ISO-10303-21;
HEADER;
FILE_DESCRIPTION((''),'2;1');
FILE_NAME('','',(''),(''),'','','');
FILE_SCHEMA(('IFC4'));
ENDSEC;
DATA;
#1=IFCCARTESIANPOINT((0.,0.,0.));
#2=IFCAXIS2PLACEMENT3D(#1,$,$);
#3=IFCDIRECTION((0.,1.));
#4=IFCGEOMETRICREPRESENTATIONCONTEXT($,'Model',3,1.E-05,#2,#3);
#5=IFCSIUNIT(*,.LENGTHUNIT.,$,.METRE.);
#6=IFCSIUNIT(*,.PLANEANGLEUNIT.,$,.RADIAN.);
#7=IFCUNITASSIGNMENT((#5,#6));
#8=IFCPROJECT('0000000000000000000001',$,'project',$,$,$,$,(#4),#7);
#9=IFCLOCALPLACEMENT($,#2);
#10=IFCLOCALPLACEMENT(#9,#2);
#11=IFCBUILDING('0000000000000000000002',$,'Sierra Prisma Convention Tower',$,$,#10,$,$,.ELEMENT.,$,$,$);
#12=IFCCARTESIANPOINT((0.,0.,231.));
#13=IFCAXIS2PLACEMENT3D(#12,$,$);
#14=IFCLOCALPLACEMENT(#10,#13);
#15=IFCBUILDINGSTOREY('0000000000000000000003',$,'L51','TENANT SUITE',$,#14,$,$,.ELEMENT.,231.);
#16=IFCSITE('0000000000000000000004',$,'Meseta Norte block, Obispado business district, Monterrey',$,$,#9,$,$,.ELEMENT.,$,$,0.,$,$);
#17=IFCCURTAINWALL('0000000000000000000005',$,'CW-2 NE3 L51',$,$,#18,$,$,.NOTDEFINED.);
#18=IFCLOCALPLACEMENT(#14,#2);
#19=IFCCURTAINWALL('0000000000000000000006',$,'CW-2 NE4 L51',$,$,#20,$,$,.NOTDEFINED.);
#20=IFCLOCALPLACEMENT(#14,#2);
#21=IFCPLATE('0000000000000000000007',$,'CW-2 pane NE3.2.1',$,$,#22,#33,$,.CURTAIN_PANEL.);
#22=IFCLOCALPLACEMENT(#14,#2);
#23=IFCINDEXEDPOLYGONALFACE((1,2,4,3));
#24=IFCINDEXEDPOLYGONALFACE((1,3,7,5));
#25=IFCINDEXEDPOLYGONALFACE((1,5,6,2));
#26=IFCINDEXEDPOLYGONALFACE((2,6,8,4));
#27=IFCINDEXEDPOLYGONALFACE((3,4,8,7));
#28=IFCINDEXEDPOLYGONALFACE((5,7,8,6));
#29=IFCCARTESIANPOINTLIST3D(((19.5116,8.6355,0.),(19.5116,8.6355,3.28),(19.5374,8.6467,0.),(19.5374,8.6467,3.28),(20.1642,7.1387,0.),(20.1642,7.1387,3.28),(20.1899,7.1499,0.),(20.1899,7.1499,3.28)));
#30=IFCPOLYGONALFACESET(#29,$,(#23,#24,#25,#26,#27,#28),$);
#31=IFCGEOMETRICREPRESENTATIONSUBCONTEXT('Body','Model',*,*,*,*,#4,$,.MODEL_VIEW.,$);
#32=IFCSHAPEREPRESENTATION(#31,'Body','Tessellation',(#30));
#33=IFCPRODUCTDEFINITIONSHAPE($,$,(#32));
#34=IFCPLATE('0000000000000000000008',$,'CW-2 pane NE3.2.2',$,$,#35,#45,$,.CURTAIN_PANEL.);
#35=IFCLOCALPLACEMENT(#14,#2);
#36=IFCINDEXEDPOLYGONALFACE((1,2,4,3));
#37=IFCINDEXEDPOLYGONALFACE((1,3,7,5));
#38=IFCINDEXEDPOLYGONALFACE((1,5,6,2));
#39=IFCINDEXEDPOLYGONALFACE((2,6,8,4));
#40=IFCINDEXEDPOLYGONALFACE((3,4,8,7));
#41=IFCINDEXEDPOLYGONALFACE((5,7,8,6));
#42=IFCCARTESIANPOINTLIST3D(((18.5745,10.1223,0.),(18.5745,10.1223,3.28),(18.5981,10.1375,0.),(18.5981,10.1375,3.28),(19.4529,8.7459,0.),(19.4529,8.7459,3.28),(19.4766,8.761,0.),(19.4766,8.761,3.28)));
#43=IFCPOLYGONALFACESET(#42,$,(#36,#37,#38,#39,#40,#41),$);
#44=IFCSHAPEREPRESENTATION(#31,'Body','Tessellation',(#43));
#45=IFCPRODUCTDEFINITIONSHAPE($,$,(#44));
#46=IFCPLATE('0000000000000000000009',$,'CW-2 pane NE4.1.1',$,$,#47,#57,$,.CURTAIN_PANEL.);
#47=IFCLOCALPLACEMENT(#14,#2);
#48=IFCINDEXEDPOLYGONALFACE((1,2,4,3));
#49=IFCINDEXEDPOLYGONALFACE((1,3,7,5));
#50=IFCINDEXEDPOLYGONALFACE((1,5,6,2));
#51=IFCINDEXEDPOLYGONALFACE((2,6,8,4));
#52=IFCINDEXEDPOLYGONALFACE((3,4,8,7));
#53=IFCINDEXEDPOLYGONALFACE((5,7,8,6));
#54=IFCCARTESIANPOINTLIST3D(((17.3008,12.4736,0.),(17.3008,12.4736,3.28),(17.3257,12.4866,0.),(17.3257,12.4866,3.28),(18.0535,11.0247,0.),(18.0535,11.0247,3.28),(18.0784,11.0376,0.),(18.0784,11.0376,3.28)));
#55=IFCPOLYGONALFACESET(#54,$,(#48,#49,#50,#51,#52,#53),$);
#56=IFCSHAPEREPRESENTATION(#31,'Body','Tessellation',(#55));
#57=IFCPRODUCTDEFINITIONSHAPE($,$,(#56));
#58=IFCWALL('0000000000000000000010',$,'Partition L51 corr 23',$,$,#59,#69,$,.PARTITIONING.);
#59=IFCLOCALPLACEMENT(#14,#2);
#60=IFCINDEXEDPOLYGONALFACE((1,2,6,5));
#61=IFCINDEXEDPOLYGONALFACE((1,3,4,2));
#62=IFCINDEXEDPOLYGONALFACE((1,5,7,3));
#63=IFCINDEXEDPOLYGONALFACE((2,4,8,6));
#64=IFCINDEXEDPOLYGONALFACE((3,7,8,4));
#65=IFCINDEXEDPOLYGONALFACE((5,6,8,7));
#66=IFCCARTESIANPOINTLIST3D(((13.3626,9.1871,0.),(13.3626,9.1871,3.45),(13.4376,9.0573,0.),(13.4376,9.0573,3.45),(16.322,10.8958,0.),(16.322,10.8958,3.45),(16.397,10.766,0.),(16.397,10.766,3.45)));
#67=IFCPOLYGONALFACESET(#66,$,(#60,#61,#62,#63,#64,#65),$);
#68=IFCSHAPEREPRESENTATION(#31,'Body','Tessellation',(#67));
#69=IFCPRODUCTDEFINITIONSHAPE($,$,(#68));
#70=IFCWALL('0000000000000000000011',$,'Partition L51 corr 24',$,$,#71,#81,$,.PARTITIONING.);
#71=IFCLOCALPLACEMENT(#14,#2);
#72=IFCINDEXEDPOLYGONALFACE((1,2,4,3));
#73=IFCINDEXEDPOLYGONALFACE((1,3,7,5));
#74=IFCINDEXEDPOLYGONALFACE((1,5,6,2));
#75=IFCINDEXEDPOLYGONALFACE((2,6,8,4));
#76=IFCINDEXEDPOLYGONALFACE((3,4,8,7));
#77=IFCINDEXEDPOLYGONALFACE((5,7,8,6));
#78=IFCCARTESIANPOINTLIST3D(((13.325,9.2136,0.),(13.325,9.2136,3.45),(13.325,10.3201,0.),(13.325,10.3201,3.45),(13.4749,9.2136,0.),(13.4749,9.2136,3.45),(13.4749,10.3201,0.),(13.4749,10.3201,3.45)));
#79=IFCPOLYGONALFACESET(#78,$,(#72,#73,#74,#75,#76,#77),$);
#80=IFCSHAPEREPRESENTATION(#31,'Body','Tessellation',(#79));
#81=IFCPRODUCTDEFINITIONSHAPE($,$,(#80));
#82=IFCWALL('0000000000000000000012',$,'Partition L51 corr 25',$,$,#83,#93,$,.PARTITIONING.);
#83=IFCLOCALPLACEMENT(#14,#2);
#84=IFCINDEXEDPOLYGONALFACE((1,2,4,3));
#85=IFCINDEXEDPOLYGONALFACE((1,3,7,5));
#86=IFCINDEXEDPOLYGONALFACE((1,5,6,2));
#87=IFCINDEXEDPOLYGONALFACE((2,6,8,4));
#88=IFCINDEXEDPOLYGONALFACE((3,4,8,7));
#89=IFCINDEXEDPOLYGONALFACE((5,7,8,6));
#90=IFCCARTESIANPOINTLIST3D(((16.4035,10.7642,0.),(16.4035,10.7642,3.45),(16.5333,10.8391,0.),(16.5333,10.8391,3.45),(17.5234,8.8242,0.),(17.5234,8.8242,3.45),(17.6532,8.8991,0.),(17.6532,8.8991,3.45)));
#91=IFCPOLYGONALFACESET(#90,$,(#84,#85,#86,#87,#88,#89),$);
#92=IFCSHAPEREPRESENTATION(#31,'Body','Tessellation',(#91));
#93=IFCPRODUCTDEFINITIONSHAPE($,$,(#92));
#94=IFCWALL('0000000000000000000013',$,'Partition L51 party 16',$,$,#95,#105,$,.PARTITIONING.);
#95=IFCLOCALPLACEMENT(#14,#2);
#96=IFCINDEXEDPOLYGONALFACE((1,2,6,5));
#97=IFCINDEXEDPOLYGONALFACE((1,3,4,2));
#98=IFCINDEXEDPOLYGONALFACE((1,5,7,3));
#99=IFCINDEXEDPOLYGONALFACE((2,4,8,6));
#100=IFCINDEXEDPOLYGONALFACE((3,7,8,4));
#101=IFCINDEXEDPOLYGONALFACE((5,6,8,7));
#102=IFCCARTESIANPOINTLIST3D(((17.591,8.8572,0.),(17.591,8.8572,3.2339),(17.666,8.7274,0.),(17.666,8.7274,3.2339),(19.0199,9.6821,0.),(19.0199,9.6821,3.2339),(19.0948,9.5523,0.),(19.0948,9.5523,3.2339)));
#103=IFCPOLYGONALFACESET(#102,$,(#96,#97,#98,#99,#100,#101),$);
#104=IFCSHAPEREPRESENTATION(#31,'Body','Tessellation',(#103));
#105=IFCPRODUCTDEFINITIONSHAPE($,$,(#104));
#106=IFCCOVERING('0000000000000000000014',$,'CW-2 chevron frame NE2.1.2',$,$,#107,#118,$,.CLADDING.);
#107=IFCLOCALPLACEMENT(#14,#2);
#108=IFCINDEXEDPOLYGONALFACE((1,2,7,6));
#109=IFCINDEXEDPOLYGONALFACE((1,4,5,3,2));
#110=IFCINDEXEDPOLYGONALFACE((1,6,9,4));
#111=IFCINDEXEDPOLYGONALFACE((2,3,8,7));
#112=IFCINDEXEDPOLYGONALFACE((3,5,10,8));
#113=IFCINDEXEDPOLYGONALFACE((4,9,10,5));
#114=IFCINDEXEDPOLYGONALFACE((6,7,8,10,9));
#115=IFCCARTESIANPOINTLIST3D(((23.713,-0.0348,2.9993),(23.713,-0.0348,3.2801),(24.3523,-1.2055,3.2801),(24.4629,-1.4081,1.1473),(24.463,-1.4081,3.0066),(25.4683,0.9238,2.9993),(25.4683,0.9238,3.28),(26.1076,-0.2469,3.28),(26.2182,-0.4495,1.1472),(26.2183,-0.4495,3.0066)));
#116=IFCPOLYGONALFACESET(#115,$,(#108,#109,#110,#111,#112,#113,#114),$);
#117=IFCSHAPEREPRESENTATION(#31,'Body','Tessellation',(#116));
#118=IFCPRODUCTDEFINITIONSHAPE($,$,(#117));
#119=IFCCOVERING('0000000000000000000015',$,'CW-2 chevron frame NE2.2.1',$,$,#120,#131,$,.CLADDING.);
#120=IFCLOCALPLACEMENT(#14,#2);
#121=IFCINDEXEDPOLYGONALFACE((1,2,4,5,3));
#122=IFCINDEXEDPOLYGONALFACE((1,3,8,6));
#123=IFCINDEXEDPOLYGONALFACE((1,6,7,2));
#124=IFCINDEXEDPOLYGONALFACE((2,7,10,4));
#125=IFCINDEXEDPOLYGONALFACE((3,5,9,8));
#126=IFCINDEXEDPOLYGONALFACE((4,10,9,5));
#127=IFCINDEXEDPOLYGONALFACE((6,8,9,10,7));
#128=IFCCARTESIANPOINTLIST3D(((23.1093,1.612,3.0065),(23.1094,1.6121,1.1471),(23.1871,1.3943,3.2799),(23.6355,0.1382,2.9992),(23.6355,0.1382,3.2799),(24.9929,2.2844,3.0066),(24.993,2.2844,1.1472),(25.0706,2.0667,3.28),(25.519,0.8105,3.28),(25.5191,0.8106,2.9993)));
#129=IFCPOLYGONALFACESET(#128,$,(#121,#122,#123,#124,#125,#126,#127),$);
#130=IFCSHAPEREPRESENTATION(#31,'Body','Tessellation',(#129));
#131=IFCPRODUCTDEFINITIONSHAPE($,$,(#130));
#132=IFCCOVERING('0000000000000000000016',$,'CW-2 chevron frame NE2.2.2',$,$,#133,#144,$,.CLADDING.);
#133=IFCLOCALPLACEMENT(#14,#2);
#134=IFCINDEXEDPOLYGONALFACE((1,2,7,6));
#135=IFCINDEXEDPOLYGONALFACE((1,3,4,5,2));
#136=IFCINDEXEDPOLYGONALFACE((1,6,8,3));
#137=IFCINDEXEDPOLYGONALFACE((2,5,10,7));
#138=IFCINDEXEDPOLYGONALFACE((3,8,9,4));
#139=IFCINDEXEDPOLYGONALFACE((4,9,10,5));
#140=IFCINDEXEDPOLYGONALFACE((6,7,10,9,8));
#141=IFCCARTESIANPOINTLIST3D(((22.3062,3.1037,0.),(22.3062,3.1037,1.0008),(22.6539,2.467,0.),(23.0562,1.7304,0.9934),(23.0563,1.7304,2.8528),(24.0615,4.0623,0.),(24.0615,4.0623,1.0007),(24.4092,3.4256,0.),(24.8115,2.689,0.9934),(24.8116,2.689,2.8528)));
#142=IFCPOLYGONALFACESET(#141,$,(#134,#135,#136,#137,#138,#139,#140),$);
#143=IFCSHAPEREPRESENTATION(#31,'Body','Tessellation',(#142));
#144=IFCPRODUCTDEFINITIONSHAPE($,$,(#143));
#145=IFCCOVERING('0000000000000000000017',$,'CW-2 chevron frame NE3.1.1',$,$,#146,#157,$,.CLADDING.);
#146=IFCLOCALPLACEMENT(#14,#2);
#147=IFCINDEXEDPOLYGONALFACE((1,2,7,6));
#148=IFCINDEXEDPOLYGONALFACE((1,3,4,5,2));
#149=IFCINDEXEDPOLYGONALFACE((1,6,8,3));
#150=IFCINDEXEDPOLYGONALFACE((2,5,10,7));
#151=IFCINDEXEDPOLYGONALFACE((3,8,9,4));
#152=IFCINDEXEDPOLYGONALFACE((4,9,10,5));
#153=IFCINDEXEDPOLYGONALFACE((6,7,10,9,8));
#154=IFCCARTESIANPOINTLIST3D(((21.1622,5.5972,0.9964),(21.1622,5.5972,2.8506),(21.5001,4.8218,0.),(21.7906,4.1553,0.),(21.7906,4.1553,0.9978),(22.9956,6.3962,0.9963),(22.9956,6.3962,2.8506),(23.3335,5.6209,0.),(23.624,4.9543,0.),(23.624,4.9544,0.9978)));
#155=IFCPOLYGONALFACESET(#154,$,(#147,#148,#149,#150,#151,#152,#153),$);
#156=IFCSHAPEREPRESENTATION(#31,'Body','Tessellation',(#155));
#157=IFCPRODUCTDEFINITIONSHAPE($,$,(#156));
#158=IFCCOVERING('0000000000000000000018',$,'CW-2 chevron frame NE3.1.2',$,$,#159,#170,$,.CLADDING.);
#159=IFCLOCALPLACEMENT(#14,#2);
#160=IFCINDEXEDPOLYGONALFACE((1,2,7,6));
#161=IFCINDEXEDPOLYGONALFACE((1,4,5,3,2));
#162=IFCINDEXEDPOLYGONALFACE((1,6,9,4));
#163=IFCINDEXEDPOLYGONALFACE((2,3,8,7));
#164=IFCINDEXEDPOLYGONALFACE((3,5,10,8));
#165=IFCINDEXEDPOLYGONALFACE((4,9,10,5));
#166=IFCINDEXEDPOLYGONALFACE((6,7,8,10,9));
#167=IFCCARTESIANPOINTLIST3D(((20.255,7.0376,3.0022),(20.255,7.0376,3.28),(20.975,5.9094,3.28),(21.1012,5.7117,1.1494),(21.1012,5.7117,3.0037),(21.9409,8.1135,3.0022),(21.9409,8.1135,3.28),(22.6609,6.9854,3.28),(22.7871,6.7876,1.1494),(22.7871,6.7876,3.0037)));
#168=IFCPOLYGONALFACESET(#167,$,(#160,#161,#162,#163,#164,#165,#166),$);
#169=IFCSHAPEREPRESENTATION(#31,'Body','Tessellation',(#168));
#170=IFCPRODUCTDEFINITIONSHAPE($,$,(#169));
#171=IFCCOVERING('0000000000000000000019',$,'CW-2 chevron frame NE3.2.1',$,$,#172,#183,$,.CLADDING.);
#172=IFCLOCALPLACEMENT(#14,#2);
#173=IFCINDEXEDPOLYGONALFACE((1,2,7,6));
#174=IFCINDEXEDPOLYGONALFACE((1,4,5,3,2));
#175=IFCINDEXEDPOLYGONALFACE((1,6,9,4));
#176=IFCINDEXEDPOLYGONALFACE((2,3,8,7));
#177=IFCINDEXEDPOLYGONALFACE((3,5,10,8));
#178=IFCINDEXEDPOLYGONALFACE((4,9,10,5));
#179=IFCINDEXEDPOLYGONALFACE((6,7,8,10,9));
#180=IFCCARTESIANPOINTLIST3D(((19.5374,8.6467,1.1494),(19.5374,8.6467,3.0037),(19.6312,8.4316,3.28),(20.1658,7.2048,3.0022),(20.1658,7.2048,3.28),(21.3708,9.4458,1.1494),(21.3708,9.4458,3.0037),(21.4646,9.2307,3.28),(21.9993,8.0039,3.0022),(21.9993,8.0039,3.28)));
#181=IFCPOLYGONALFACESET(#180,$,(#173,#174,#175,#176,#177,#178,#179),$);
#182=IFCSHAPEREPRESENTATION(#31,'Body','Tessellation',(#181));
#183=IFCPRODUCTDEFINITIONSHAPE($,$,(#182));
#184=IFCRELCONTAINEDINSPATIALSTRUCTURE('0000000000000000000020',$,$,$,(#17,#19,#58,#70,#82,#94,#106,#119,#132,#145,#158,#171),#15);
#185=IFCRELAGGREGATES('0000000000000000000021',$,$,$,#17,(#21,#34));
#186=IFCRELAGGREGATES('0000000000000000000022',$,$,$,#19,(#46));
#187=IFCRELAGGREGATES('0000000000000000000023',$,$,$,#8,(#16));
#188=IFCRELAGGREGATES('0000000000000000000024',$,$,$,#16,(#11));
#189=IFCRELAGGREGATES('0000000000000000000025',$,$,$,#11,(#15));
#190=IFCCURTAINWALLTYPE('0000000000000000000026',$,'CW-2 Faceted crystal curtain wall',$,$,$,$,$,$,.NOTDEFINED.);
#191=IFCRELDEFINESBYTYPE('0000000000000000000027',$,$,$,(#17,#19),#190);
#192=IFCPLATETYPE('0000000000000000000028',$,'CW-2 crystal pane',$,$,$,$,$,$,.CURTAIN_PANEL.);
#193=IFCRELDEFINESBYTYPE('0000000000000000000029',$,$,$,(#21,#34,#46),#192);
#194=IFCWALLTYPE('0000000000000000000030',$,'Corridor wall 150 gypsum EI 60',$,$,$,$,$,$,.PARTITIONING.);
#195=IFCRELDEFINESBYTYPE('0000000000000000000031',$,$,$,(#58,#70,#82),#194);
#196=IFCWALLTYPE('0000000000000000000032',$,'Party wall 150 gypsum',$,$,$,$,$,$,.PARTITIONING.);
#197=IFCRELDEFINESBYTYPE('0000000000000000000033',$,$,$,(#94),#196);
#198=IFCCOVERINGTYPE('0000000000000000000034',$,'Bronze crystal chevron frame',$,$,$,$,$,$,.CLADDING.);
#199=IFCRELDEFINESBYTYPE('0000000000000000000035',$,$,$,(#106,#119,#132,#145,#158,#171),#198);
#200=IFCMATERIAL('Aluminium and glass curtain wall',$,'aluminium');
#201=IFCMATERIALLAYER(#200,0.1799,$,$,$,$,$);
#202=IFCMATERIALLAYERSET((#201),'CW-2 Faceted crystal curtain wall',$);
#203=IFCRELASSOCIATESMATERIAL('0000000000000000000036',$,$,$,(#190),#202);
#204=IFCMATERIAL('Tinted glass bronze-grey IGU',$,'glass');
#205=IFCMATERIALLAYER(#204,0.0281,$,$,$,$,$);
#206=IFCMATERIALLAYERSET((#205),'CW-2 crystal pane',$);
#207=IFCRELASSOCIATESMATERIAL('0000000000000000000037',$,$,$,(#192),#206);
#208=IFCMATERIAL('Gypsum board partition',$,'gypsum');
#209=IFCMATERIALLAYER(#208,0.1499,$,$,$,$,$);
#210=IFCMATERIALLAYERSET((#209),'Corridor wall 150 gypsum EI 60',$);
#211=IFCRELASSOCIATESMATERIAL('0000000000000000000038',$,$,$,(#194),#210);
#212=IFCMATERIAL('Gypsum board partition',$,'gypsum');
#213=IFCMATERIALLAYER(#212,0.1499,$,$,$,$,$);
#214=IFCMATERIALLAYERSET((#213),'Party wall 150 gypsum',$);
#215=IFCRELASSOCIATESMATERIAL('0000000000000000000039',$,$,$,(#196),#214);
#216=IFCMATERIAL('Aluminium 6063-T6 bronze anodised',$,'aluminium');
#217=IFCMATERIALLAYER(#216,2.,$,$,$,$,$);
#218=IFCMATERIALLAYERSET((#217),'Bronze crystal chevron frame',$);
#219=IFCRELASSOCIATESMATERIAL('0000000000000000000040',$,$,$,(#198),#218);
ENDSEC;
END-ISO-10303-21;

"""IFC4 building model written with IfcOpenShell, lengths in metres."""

from ifc_helpers import new_model, si_unit, direction, frame, frame_2d, origin, place, context, subcontext, project, spatial, polyline, rectangle, outline, extrude, material, layer, layer_set, type_object, element, aggregate, save


model = new_model("IFC4")

# Units and contexts
model_context = context("Model", 3, precision=1e-05, world=origin(), true_north=direction((0.0, 1.0)))
body_context = subcontext(model_context, "Body", "Model", "MODEL_VIEW")
ifc_project = project(units=[si_unit("LENGTHUNIT", "METRE"), si_unit("PLANEANGLEUNIT", "RADIAN")], contexts=[model_context])

# Site, building, storey
site_placement = place(None, origin())
site = spatial("IfcSite", under=ifc_project, at=site_placement, Name="Meseta Norte block, Obispado business district, Monterrey", CompositionType="ELEMENT", RefElevation=0.0)
building_placement = place(site_placement, origin())
building = spatial("IfcBuilding", under=site, at=building_placement, Name="Sierra Prisma Convention Tower", CompositionType="ELEMENT")
storey_placement = place(building_placement, frame((0.0, 0.0, 231.0)))
storey = spatial("IfcBuildingStorey", under=building, at=storey_placement, Name="L51", Description="TENANT SUITE", CompositionType="ELEMENT", Elevation=231.0)

# Curtain wall
ifc_material_1 = material(Name="Aluminium and glass curtain wall", Category="aluminium")
ifc_layer_1 = layer(ifc_material_1, 0.1799)
ifc_layer_set_1 = layer_set([ifc_layer_1], Name="CW-2 Faceted crystal curtain wall")
curtain_wall_type = type_object("IfcCurtainWallType", Name="CW-2 Faceted crystal curtain wall", PredefinedType="NOTDEFINED", material=ifc_layer_set_1)
curtain_wall_1_placement = place(storey_placement, origin())
curtain_wall_1 = element("IfcCurtainWall", 1, at=curtain_wall_1_placement, inside=storey, type_object=curtain_wall_type, Name="CW-2 NE3 L51", PredefinedType="NOTDEFINED")

# Curtain wall
curtain_wall_2_placement = place(storey_placement, origin())
curtain_wall_2 = element("IfcCurtainWall", 2, at=curtain_wall_2_placement, inside=storey, type_object=curtain_wall_type, Name="CW-2 NE4 L51", PredefinedType="NOTDEFINED")

# Plates
ifc_material_2 = material(Name="Tinted glass bronze-grey IGU", Category="glass")
ifc_layer_2 = layer(ifc_material_2, 0.0281)
ifc_layer_set_2 = layer_set([ifc_layer_2], Name="CW-2 crystal pane")
plate_type = type_object("IfcPlateType", Name="CW-2 crystal pane", PredefinedType="CURTAIN_PANEL", material=ifc_layer_set_2)
plate_1_placement = place(storey_placement, frame((20.1899, 7.1499, 0.0), z_axis=(0.916668, 0.39965, 0.0), x_axis=(-0.39965, 0.916668, 0.0)))
plate_1 = element("IfcPlate", 3, at=plate_1_placement, type_object=plate_type, Name="CW-2 pane NE3.2.1", PredefinedType="CURTAIN_PANEL", context=body_context, shape_type="SweptSolid", body=[
    extrude(outline(polyline([(0.0, 0.0), (1.6329, 0.0), (1.6329, 3.28), (0.0, 3.28), (0.0, 0.0)])), origin(), (0.0, 0.0, -1.0), 0.0281),
])
plate_2_placement = place(storey_placement, frame((18.5981, 10.1375, 0.0), z_axis=(0.842971, 0.537959, 0.0), x_axis=(0.537959, -0.842971, 0.0)))
plate_2 = element("IfcPlate", 4, at=plate_2_placement, type_object=plate_type, Name="CW-2 pane NE3.2.2", PredefinedType="CURTAIN_PANEL", context=body_context, shape_type="SweptSolid", body=[
    extrude(outline(polyline([(0.0, 0.0), (1.6329, 0.0), (1.6329, -3.28), (0.0, -3.28), (0.0, 0.0)])), origin(), (0.0, 0.0, -1.0), 0.0281),
])
aggregate(curtain_wall_1, [plate_1, plate_2])
plate_3_placement = place(storey_placement, frame((18.0784, 11.0376, 0.0), z_axis=(0.887413, 0.460976, 0.0), x_axis=(-0.460976, 0.887413, 0.0)))
plate_3 = element("IfcPlate", 5, at=plate_3_placement, type_object=plate_type, Name="CW-2 pane NE4.1.1", PredefinedType="CURTAIN_PANEL", context=body_context, shape_type="SweptSolid", body=[
    extrude(outline(polyline([(0.0, 0.0), (1.6328, 0.0), (1.6328, 3.28), (0.0, 3.28), (0.0, 0.0)])), origin(), (0.0, 0.0, -1.0), 0.0281),
])
aggregate(curtain_wall_2, [plate_3])

# Walls
ifc_material_3 = material(Name="Gypsum board partition", Category="gypsum")
ifc_layer_3 = layer(ifc_material_3, 0.1499)
ifc_layer_set_3 = layer_set([ifc_layer_3], Name="Corridor wall 150 gypsum EI 60")
wall_type_1 = type_object("IfcWallType", Name="Corridor wall 150 gypsum EI 60", PredefinedType="PARTITIONING", material=ifc_layer_set_3)
wall_1_placement = place(storey_placement, frame((16.3594, 10.8308, 0.0), z_axis=(0.0, 0.0, 1.0), x_axis=(-0.866014, -0.500019, 0.0)))
element("IfcWall", 6, at=wall_1_placement, inside=storey, type_object=wall_type_1, Name="Partition L51 corr 23", PredefinedType="PARTITIONING", context=body_context, shape_type="SweptSolid", body=[
    extrude(rectangle(XDim=3.4172, YDim=0.1499, at=frame_2d((1.7085, 0.0))), origin(), (0.0, 0.0, 1.0), 3.45),
])
wall_2_placement = place(storey_placement, frame((13.3999, 9.2136, 0.0), z_axis=(0.0, 0.0, 1.0), x_axis=(0.0, 1.0, 0.0)))
element("IfcWall", 7, at=wall_2_placement, inside=storey, type_object=wall_type_1, Name="Partition L51 corr 24", PredefinedType="PARTITIONING", context=body_context, shape_type="SweptSolid", body=[
    extrude(rectangle(XDim=1.1064, YDim=0.1499, at=frame_2d((0.5532, 0.0))), origin(), (0.0, 0.0, 1.0), 3.45),
])
wall_3_placement = place(storey_placement, frame((17.5884, 8.8616, 0.0), z_axis=(0.0, 0.0, 1.0), x_axis=(-0.499949, 0.866055, 0.0)))
element("IfcWall", 8, at=wall_3_placement, inside=storey, type_object=wall_type_1, Name="Partition L51 corr 25", PredefinedType="PARTITIONING", context=body_context, shape_type="SweptSolid", body=[
    extrude(rectangle(XDim=2.24, YDim=0.1499, at=frame_2d((1.1201, 0.0))), origin(), (0.0, 0.0, 1.0), 3.45),
])
ifc_material_4 = material(Name="Gypsum board partition", Category="gypsum")
ifc_layer_4 = layer(ifc_material_4, 0.1499)
ifc_layer_set_4 = layer_set([ifc_layer_4], Name="Party wall 150 gypsum")
wall_type_2 = type_object("IfcWallType", Name="Party wall 150 gypsum", PredefinedType="PARTITIONING", material=ifc_layer_set_4)
wall_4_placement = place(storey_placement, frame((19.0574, 9.6172, 0.0), z_axis=(0.0, 0.0, 1.0), x_axis=(-0.86604, -0.499974, 0.0)))
element("IfcWall", 9, at=wall_4_placement, inside=storey, type_object=wall_type_2, Name="Partition L51 party 16", PredefinedType="PARTITIONING", context=body_context, shape_type="SweptSolid", body=[
    extrude(rectangle(XDim=1.6499, YDim=0.1499, at=frame_2d((0.825, 0.0))), origin(), (0.0, 0.0, 1.0), 3.2339),
])

# Coverings
ifc_material_5 = material(Name="Aluminium 6063-T6 bronze anodised", Category="aluminium")
ifc_layer_5 = layer(ifc_material_5, 2.0)
ifc_layer_set_5 = layer_set([ifc_layer_5], Name="Bronze crystal chevron frame")
covering_type = type_object("IfcCoveringType", Name="Bronze crystal chevron frame", PredefinedType="CLADDING", material=ifc_layer_set_5)
covering_1_placement = place(storey_placement, frame((26.2183, -0.4495, 3.0066), z_axis=(0.877643, 0.479315, -0.000026), x_axis=(-0.000023, -0.000013, -1.0)))
element("IfcCovering", 10, at=covering_1_placement, inside=storey, type_object=covering_type, Name="CW-2 chevron frame NE2.1.2", PredefinedType="CLADDING", context=body_context, shape_type="SweptSolid", body=[
    extrude(outline(polyline([(0.0, 0.0), (1.8594, 0.0), (0.0073, 1.5647), (-0.2734, 1.5647), (-0.2734, 0.2309), (0.0, 0.0)])), origin(), (0.0, 0.0, -1.0), 2.0),
])
covering_2_placement = place(storey_placement, frame((25.519, 0.8105, 3.28), z_axis=(0.941792, 0.336195, 0.00004), x_axis=(0.000038, 0.000013, -1.0)))
element("IfcCovering", 11, at=covering_2_placement, inside=storey, type_object=covering_type, Name="CW-2 chevron frame NE2.2.1", PredefinedType="CLADDING", context=body_context, shape_type="SweptSolid", body=[
    extrude(outline(polyline([(0.0, 0.0), (0.2808, 0.0), (2.1328, 1.565), (0.2734, 1.565), (0.0, 1.3338), (0.0, 0.0)])), origin(), (0.0, 0.0, -1.0), 2.0),
])
covering_3_placement = place(storey_placement, frame((24.0615, 4.0623, 0.0), z_axis=(0.877651, 0.4793, -0.00002), x_axis=(0.000018, 0.00001, 1.0)))
element("IfcCovering", 12, at=covering_3_placement, inside=storey, type_object=covering_type, Name="CW-2 chevron frame NE2.2.2", PredefinedType="CLADDING", context=body_context, shape_type="SweptSolid", body=[
    extrude(outline(polyline([(0.0, 0.0), (1.0007, 0.0), (2.8528, 1.5647), (0.9934, 1.5647), (0.0, 0.7254), (0.0, 0.0)])), origin(), (0.0, 0.0, -1.0), 2.0),
])
covering_4_placement = place(storey_placement, frame((23.624, 4.9543, 0.0), z_axis=(0.916716, 0.399539, -0.000013), x_axis=(-0.399539, 0.916716, 0.0)))
element("IfcCovering", 13, at=covering_4_placement, inside=storey, type_object=covering_type, Name="CW-2 chevron frame NE3.1.1", PredefinedType="CLADDING", context=body_context, shape_type="SweptSolid", body=[
    extrude(outline(polyline([(0.0, 0.0), (0.7271, 0.0), (1.5729, 0.9963), (1.5729, 2.8506), (0.0, 0.9978), (0.0, 0.0)])), origin(), (0.0, 0.0, -1.0), 2.0),
])
covering_5_placement = place(storey_placement, frame((22.7871, 6.7876, 3.0037), z_axis=(0.842965, 0.537969, 0.000006), x_axis=(0.000005, 0.000003, -1.0)))
element("IfcCovering", 14, at=covering_5_placement, inside=storey, type_object=covering_type, Name="CW-2 chevron frame NE3.1.2", PredefinedType="CLADDING", context=body_context, shape_type="SweptSolid", body=[
    extrude(outline(polyline([(0.0, 0.0), (1.8542, 0.0), (0.0015, 1.5729), (-0.2764, 1.5729), (-0.2764, 0.2346), (0.0, 0.0)])), origin(), (0.0, 0.0, -1.0), 2.0),
])
covering_6_placement = place(storey_placement, frame((21.9993, 8.0039, 3.28), z_axis=(0.91672, 0.399531, -0.000003), x_axis=(-0.000003, -0.000001, -1.0)))
element("IfcCovering", 15, at=covering_6_placement, inside=storey, type_object=covering_type, Name="CW-2 chevron frame NE3.2.1", PredefinedType="CLADDING", context=body_context, shape_type="SweptSolid", body=[
    extrude(outline(polyline([(0.0, 0.0), (0.2778, 0.0), (2.1306, 1.5729), (0.2764, 1.5729), (0.0, 1.3383), (0.0, 0.0)])), origin(), (0.0, 0.0, -1.0), 2.0),
])

save(model, "model.ifc")
